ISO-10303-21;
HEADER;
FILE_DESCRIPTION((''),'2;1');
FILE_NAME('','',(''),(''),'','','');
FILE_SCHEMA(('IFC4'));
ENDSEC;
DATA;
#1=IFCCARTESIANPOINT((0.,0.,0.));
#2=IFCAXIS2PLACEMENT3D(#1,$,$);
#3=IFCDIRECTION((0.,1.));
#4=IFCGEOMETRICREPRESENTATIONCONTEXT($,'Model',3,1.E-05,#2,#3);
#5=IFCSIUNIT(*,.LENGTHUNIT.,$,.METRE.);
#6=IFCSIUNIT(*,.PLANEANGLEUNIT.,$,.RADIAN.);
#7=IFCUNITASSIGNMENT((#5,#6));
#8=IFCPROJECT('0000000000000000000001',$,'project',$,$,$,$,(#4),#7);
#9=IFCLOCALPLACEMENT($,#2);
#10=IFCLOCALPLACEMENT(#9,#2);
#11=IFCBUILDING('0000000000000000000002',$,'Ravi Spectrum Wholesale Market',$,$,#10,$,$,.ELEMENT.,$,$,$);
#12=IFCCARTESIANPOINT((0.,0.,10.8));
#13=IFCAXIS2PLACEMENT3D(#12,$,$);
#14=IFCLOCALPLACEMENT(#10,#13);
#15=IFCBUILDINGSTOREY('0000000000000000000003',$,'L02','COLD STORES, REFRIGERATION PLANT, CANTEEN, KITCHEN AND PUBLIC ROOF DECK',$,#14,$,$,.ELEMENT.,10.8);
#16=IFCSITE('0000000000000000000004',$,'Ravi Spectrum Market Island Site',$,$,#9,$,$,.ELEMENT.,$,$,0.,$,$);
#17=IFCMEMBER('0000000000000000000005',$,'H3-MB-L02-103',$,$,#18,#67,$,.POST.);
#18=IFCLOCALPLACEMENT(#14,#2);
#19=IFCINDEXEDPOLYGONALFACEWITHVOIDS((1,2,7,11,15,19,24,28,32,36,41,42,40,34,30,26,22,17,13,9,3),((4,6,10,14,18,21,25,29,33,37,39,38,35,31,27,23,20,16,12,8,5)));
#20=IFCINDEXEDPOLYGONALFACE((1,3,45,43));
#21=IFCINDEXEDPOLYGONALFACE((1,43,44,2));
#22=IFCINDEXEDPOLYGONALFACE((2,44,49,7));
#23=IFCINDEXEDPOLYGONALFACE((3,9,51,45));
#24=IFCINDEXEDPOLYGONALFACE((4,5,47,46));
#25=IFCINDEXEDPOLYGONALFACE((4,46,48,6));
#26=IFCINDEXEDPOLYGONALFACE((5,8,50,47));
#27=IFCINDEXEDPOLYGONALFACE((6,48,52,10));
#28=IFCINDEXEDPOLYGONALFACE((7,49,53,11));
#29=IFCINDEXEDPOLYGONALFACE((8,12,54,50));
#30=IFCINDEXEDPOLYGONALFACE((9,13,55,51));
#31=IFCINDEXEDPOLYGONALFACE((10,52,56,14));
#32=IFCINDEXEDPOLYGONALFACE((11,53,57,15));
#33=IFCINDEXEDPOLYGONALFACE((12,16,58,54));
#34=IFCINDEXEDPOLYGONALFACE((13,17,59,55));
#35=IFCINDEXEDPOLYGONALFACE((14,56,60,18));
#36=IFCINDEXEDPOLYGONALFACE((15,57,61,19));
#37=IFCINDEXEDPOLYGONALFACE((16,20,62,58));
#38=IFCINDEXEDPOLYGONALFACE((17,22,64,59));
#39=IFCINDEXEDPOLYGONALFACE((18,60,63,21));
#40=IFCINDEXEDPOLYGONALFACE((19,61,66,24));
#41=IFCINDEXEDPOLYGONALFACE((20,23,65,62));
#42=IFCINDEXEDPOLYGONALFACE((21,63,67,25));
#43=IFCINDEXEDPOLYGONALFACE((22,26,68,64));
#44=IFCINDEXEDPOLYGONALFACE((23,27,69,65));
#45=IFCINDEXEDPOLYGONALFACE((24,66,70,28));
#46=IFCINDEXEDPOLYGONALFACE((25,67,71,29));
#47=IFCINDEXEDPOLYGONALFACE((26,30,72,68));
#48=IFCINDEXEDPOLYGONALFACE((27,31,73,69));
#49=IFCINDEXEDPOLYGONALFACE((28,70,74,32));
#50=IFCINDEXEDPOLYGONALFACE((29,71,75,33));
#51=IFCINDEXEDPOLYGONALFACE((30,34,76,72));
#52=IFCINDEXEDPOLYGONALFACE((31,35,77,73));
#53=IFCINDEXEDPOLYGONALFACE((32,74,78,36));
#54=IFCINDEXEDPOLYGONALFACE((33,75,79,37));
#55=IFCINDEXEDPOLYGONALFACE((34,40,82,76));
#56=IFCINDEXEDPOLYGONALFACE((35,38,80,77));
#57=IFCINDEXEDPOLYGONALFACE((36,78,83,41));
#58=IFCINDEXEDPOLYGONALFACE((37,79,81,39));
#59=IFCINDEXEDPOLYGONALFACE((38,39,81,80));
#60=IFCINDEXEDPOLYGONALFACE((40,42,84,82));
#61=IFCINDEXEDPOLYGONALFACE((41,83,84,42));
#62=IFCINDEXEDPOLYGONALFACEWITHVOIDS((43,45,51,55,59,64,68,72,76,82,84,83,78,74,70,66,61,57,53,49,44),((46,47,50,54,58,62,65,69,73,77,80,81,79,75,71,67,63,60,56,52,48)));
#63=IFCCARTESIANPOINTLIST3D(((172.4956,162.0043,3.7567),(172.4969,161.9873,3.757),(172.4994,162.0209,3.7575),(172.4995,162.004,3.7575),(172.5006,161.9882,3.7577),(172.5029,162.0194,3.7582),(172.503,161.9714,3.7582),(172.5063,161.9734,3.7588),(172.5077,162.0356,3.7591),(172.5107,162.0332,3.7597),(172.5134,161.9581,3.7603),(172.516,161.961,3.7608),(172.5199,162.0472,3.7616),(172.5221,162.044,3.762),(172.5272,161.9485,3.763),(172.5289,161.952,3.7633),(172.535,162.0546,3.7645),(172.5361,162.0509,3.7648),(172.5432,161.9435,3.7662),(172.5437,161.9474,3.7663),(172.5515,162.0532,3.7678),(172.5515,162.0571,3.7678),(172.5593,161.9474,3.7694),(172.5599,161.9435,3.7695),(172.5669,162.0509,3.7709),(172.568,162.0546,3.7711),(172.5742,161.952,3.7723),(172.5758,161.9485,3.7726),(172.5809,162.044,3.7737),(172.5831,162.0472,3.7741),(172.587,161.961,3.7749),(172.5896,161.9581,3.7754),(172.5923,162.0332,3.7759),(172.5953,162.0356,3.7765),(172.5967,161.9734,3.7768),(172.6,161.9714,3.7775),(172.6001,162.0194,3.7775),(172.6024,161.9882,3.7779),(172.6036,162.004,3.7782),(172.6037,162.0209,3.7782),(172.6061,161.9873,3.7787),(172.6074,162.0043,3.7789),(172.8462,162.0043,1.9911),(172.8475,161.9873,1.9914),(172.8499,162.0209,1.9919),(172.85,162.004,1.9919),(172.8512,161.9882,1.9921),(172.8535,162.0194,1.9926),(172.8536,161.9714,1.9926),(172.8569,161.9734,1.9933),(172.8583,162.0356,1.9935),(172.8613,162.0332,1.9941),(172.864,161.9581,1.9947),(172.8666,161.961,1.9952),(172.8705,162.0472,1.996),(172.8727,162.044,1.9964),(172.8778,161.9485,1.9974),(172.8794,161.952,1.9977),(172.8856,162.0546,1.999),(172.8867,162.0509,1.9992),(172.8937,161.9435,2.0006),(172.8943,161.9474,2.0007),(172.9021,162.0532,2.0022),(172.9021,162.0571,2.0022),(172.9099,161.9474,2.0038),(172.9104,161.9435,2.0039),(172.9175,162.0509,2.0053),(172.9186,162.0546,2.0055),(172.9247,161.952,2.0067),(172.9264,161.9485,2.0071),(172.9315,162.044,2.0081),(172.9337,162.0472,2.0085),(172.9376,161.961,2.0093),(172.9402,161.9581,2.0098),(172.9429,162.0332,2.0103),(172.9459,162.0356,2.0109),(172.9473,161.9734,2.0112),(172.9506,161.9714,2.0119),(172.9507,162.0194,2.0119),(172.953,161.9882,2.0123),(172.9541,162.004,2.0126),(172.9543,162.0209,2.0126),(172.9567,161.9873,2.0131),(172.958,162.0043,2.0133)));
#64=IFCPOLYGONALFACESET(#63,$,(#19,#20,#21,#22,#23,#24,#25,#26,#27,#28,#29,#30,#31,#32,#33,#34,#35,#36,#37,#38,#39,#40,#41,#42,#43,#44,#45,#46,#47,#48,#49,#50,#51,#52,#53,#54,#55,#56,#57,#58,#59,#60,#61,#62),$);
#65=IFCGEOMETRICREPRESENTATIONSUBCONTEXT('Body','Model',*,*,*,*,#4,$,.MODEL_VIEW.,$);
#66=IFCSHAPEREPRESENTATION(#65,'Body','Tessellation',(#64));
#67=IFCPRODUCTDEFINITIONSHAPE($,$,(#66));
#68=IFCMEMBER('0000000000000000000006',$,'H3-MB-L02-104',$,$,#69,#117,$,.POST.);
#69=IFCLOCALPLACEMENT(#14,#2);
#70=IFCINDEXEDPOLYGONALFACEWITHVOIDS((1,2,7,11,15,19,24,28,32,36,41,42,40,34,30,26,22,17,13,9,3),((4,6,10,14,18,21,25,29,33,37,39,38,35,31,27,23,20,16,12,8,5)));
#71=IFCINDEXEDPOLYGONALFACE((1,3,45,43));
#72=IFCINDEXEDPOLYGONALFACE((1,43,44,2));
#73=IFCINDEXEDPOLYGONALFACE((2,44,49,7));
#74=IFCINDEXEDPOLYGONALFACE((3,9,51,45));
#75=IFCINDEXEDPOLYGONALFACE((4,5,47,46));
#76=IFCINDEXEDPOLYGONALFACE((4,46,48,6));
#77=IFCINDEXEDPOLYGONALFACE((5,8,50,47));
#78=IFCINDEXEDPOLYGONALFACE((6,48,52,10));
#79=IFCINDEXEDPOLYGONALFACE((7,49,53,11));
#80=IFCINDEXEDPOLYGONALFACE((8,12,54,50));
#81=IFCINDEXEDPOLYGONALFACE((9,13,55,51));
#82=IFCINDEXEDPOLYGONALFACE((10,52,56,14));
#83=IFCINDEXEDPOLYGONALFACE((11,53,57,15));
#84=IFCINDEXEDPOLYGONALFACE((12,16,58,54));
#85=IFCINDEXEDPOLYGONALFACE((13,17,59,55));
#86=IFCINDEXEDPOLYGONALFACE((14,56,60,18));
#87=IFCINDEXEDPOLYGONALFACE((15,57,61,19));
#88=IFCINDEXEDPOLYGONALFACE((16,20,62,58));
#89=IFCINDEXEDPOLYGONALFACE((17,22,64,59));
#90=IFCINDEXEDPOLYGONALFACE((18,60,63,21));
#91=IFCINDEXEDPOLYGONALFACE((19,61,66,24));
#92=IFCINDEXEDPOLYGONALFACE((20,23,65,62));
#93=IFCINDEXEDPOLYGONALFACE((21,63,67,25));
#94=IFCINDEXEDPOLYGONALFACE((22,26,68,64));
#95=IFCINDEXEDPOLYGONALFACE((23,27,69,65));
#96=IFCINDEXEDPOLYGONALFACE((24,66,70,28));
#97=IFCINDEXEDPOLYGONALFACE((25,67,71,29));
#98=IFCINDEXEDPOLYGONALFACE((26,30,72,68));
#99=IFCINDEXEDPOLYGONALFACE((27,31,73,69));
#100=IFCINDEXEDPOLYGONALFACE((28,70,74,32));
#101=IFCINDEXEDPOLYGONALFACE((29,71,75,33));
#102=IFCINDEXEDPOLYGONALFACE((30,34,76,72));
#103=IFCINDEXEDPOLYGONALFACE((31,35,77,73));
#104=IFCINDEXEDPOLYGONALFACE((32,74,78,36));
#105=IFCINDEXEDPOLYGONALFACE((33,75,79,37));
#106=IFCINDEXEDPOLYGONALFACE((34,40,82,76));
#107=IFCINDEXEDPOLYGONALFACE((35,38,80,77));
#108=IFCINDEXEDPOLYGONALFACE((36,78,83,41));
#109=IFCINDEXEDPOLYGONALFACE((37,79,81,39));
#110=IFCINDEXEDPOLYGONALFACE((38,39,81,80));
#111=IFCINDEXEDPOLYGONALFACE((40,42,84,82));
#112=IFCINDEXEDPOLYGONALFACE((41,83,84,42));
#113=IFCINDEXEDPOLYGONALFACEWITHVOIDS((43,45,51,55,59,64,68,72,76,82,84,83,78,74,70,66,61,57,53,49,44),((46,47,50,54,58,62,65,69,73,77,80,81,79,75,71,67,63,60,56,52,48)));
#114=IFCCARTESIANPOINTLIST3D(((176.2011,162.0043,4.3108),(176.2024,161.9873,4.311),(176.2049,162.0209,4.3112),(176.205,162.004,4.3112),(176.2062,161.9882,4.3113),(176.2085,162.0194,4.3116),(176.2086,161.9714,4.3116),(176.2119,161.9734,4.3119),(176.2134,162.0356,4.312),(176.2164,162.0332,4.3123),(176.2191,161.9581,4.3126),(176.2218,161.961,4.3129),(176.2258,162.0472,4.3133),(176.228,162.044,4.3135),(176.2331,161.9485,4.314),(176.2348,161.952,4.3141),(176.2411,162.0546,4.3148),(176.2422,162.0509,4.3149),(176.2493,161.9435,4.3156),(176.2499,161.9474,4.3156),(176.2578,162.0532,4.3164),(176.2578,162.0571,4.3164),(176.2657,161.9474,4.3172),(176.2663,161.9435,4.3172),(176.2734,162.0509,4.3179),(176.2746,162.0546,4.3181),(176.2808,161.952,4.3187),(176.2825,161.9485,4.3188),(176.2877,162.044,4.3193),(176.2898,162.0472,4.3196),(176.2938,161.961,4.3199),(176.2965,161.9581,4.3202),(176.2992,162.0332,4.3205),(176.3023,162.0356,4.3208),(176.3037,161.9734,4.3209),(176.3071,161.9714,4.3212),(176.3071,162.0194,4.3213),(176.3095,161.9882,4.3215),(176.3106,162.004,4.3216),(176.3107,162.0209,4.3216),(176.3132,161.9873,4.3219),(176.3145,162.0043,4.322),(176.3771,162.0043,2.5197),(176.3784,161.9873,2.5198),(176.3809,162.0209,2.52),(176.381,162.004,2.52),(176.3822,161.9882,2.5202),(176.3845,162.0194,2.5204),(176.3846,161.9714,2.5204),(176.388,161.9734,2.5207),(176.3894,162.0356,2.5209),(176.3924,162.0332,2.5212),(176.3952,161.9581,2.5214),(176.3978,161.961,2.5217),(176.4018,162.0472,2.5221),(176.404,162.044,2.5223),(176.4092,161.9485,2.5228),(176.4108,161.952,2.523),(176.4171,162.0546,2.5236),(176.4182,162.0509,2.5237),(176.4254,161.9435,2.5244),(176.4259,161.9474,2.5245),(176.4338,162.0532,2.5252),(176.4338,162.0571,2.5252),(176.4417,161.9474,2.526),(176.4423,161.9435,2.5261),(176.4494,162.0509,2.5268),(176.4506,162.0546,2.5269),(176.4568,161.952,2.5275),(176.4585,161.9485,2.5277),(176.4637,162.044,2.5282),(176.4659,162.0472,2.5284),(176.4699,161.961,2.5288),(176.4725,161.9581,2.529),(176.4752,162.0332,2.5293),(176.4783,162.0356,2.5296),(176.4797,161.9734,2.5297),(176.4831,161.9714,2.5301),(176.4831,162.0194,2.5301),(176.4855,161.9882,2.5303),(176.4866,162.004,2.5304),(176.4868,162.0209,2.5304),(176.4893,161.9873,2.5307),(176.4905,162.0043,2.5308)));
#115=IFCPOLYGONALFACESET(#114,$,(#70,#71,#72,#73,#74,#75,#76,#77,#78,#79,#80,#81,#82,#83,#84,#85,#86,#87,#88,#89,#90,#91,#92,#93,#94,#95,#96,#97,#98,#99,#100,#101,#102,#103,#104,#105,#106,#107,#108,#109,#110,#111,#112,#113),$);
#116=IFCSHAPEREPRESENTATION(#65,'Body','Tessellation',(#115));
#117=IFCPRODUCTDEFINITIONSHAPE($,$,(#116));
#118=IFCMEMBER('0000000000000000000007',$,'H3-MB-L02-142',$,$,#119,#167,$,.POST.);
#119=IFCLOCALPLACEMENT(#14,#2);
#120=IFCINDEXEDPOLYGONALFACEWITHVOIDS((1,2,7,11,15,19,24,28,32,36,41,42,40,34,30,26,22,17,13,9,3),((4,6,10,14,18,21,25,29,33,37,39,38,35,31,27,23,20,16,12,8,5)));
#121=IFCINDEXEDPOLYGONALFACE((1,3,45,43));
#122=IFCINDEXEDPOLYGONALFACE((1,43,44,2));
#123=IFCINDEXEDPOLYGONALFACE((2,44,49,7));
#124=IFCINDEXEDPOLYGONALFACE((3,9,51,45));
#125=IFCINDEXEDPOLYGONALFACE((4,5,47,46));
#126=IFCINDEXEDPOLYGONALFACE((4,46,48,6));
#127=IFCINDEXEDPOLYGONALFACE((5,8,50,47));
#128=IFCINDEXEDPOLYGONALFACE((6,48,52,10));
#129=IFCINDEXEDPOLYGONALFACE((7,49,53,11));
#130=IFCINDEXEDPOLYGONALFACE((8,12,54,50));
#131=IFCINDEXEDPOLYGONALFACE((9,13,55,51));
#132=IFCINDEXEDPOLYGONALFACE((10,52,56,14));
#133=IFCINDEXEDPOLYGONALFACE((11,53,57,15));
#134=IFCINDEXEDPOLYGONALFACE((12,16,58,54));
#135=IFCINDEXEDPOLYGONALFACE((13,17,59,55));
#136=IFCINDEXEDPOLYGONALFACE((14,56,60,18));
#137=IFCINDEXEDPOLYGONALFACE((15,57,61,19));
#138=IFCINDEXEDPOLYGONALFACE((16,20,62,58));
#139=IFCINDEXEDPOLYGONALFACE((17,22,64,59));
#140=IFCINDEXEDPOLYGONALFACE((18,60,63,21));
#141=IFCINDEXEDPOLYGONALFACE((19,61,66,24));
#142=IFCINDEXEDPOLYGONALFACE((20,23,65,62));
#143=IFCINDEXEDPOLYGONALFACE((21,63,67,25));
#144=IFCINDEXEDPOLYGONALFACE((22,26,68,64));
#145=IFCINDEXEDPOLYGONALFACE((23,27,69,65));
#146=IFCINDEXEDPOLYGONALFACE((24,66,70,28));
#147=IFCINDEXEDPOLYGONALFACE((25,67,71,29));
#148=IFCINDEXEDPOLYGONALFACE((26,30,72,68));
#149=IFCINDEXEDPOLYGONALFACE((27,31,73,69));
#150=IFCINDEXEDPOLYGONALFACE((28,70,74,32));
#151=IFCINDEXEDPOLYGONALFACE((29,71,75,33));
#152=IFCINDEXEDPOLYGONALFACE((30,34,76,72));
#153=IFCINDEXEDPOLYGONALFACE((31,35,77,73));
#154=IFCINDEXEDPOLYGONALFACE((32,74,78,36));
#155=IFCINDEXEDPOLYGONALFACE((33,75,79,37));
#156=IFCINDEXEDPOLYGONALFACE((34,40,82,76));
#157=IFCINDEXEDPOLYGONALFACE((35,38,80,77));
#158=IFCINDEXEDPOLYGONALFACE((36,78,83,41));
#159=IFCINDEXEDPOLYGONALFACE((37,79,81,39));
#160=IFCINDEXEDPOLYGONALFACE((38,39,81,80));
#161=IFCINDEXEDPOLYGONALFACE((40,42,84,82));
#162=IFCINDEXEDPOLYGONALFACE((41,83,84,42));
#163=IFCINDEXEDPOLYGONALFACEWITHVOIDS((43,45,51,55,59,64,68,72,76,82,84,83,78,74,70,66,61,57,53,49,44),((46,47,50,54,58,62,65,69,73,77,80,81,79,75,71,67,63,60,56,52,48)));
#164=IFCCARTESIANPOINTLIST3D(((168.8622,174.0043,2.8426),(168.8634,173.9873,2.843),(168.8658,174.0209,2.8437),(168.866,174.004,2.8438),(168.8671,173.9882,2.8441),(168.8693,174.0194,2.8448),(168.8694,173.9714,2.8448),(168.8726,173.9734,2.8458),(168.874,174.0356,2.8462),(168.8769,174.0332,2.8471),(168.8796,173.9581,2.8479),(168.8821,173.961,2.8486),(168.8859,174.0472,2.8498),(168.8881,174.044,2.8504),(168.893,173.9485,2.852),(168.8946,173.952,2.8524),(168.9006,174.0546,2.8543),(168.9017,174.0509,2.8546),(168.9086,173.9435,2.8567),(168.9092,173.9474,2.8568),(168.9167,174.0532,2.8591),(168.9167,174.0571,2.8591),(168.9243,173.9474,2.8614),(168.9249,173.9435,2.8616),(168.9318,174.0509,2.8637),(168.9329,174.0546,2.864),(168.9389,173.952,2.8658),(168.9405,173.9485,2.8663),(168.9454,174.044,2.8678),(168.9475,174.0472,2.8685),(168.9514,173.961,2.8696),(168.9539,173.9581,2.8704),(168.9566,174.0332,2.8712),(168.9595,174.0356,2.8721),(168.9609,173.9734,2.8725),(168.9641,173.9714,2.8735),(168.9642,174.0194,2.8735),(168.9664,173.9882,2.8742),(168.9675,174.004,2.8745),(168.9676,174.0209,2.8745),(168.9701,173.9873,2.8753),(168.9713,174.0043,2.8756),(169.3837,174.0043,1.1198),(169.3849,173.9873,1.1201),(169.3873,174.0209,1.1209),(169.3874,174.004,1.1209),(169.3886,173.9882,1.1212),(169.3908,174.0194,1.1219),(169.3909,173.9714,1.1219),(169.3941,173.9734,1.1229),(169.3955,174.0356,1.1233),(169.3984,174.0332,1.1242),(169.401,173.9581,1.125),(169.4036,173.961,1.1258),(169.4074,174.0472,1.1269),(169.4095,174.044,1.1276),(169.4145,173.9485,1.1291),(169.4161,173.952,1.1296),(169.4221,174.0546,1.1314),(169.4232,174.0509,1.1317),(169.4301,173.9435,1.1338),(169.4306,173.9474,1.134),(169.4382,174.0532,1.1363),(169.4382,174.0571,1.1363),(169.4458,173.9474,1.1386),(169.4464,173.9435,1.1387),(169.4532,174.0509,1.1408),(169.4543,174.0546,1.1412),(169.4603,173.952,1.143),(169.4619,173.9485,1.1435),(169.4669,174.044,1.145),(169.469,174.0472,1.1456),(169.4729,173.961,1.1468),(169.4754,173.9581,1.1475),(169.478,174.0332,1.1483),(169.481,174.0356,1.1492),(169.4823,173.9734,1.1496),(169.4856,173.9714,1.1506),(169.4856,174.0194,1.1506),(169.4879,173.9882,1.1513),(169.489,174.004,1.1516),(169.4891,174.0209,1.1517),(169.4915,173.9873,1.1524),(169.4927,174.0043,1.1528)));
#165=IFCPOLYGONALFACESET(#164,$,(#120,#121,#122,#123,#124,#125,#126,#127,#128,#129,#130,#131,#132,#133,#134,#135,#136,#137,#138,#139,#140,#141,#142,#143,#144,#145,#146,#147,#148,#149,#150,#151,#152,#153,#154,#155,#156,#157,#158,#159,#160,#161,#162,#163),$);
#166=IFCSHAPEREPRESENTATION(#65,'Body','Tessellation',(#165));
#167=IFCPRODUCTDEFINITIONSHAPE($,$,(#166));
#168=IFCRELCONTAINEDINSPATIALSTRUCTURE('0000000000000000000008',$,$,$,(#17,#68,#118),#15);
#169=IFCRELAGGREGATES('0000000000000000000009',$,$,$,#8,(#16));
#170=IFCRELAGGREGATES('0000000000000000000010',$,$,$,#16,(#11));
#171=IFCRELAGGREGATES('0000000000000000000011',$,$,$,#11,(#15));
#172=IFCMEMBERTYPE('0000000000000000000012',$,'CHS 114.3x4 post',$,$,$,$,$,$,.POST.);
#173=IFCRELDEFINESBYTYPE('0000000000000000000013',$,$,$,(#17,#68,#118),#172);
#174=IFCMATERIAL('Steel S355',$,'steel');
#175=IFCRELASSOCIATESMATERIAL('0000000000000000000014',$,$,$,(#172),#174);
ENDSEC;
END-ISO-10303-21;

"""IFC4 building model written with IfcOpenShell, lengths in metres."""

from ifc_helpers import new_model, si_unit, direction, frame, origin, origin_2d, place, context, subcontext, project, spatial, hollow_circle, extrude, material, material_profile, profile_set, type_object, element, save


model = new_model("IFC4")

# Units and contexts
model_context = context("Model", 3, precision=1e-05, world=origin(), true_north=direction((0.0, 1.0)))
body_context = subcontext(model_context, "Body", "Model", "MODEL_VIEW")
ifc_project = project(units=[si_unit("LENGTHUNIT", "METRE"), si_unit("PLANEANGLEUNIT", "RADIAN")], contexts=[model_context])

# Site, building, storey
site_placement = place(None, origin())
site = spatial("IfcSite", under=ifc_project, at=site_placement, Name="Ravi Spectrum Market Island Site", CompositionType="ELEMENT", RefElevation=0.0)
building_placement = place(site_placement, origin())
building = spatial("IfcBuilding", under=site, at=building_placement, Name="Ravi Spectrum Wholesale Market", CompositionType="ELEMENT")
storey_placement = place(building_placement, frame((0.0, 0.0, 10.8)))
storey = spatial("IfcBuildingStorey", under=building, at=storey_placement, Name="L02", Description="COLD STORES, REFRIGERATION PLANT, CANTEEN, KITCHEN AND PUBLIC ROOF DECK", CompositionType="ELEMENT", Elevation=10.8)

# Members
ifc_material_1 = material(Name="Steel S355", Category="steel")
ifc_material_profile_1 = material_profile(ifc_material_1, hollow_circle(Radius=0.0571, WallThickness=0.0039, at=origin_2d()))
ifc_profile_set_1 = profile_set([ifc_material_profile_1], Name="Steel S355")
member_type_1 = type_object("IfcMemberType", Name="CHS 114.3x4 post", PredefinedType="POST", material=ifc_profile_set_1)
member_1_placement = place(storey_placement, frame((172.5515, 162.0, 3.7678), z_axis=(0.19476, 0.0, -0.980851), x_axis=(0.0, 1.0, 0.0)))
element("IfcMember", 1, at=member_1_placement, inside=storey, type_object=member_type_1, Name="H3-MB-L02-103", PredefinedType="POST", context=body_context, shape_type="SweptSolid", body=[
    extrude(hollow_circle(Radius=0.0571, WallThickness=0.0039, at=origin_2d()), origin(), (0.0, 0.0, 1.0), 1.8),
])
member_2_placement = place(storey_placement, frame((176.2578, 162.0, 4.3164), z_axis=(0.097798, 0.0, -0.995206), x_axis=(0.0, 1.0, 0.0)))
element("IfcMember", 2, at=member_2_placement, inside=storey, type_object=member_type_1, Name="H3-MB-L02-104", PredefinedType="POST", context=body_context, shape_type="SweptSolid", body=[
    extrude(hollow_circle(Radius=0.0571, WallThickness=0.0039, at=origin_2d()), origin(), (0.0, 0.0, 1.0), 1.7998),
])
for number, where, z_axis, x_axis, name in (
    (3, (168.9167, 174.0, 2.8591), (0.289699, 0.0, -0.957118), (0.0, 1.0, 0.0), "H3-MB-L02-142"),
):
    element("IfcMember", number, at=place(storey_placement, frame(where, z_axis=z_axis, x_axis=x_axis)), inside=storey, type_object=member_type_1, Name=name, PredefinedType="POST", context=body_context, shape_type="SweptSolid", body=[
        extrude(hollow_circle(Radius=0.0571, WallThickness=0.0039, at=origin_2d()), origin(), (0.0, 0.0, 1.0), 1.8),
    ])

save(model, "model.ifc")
